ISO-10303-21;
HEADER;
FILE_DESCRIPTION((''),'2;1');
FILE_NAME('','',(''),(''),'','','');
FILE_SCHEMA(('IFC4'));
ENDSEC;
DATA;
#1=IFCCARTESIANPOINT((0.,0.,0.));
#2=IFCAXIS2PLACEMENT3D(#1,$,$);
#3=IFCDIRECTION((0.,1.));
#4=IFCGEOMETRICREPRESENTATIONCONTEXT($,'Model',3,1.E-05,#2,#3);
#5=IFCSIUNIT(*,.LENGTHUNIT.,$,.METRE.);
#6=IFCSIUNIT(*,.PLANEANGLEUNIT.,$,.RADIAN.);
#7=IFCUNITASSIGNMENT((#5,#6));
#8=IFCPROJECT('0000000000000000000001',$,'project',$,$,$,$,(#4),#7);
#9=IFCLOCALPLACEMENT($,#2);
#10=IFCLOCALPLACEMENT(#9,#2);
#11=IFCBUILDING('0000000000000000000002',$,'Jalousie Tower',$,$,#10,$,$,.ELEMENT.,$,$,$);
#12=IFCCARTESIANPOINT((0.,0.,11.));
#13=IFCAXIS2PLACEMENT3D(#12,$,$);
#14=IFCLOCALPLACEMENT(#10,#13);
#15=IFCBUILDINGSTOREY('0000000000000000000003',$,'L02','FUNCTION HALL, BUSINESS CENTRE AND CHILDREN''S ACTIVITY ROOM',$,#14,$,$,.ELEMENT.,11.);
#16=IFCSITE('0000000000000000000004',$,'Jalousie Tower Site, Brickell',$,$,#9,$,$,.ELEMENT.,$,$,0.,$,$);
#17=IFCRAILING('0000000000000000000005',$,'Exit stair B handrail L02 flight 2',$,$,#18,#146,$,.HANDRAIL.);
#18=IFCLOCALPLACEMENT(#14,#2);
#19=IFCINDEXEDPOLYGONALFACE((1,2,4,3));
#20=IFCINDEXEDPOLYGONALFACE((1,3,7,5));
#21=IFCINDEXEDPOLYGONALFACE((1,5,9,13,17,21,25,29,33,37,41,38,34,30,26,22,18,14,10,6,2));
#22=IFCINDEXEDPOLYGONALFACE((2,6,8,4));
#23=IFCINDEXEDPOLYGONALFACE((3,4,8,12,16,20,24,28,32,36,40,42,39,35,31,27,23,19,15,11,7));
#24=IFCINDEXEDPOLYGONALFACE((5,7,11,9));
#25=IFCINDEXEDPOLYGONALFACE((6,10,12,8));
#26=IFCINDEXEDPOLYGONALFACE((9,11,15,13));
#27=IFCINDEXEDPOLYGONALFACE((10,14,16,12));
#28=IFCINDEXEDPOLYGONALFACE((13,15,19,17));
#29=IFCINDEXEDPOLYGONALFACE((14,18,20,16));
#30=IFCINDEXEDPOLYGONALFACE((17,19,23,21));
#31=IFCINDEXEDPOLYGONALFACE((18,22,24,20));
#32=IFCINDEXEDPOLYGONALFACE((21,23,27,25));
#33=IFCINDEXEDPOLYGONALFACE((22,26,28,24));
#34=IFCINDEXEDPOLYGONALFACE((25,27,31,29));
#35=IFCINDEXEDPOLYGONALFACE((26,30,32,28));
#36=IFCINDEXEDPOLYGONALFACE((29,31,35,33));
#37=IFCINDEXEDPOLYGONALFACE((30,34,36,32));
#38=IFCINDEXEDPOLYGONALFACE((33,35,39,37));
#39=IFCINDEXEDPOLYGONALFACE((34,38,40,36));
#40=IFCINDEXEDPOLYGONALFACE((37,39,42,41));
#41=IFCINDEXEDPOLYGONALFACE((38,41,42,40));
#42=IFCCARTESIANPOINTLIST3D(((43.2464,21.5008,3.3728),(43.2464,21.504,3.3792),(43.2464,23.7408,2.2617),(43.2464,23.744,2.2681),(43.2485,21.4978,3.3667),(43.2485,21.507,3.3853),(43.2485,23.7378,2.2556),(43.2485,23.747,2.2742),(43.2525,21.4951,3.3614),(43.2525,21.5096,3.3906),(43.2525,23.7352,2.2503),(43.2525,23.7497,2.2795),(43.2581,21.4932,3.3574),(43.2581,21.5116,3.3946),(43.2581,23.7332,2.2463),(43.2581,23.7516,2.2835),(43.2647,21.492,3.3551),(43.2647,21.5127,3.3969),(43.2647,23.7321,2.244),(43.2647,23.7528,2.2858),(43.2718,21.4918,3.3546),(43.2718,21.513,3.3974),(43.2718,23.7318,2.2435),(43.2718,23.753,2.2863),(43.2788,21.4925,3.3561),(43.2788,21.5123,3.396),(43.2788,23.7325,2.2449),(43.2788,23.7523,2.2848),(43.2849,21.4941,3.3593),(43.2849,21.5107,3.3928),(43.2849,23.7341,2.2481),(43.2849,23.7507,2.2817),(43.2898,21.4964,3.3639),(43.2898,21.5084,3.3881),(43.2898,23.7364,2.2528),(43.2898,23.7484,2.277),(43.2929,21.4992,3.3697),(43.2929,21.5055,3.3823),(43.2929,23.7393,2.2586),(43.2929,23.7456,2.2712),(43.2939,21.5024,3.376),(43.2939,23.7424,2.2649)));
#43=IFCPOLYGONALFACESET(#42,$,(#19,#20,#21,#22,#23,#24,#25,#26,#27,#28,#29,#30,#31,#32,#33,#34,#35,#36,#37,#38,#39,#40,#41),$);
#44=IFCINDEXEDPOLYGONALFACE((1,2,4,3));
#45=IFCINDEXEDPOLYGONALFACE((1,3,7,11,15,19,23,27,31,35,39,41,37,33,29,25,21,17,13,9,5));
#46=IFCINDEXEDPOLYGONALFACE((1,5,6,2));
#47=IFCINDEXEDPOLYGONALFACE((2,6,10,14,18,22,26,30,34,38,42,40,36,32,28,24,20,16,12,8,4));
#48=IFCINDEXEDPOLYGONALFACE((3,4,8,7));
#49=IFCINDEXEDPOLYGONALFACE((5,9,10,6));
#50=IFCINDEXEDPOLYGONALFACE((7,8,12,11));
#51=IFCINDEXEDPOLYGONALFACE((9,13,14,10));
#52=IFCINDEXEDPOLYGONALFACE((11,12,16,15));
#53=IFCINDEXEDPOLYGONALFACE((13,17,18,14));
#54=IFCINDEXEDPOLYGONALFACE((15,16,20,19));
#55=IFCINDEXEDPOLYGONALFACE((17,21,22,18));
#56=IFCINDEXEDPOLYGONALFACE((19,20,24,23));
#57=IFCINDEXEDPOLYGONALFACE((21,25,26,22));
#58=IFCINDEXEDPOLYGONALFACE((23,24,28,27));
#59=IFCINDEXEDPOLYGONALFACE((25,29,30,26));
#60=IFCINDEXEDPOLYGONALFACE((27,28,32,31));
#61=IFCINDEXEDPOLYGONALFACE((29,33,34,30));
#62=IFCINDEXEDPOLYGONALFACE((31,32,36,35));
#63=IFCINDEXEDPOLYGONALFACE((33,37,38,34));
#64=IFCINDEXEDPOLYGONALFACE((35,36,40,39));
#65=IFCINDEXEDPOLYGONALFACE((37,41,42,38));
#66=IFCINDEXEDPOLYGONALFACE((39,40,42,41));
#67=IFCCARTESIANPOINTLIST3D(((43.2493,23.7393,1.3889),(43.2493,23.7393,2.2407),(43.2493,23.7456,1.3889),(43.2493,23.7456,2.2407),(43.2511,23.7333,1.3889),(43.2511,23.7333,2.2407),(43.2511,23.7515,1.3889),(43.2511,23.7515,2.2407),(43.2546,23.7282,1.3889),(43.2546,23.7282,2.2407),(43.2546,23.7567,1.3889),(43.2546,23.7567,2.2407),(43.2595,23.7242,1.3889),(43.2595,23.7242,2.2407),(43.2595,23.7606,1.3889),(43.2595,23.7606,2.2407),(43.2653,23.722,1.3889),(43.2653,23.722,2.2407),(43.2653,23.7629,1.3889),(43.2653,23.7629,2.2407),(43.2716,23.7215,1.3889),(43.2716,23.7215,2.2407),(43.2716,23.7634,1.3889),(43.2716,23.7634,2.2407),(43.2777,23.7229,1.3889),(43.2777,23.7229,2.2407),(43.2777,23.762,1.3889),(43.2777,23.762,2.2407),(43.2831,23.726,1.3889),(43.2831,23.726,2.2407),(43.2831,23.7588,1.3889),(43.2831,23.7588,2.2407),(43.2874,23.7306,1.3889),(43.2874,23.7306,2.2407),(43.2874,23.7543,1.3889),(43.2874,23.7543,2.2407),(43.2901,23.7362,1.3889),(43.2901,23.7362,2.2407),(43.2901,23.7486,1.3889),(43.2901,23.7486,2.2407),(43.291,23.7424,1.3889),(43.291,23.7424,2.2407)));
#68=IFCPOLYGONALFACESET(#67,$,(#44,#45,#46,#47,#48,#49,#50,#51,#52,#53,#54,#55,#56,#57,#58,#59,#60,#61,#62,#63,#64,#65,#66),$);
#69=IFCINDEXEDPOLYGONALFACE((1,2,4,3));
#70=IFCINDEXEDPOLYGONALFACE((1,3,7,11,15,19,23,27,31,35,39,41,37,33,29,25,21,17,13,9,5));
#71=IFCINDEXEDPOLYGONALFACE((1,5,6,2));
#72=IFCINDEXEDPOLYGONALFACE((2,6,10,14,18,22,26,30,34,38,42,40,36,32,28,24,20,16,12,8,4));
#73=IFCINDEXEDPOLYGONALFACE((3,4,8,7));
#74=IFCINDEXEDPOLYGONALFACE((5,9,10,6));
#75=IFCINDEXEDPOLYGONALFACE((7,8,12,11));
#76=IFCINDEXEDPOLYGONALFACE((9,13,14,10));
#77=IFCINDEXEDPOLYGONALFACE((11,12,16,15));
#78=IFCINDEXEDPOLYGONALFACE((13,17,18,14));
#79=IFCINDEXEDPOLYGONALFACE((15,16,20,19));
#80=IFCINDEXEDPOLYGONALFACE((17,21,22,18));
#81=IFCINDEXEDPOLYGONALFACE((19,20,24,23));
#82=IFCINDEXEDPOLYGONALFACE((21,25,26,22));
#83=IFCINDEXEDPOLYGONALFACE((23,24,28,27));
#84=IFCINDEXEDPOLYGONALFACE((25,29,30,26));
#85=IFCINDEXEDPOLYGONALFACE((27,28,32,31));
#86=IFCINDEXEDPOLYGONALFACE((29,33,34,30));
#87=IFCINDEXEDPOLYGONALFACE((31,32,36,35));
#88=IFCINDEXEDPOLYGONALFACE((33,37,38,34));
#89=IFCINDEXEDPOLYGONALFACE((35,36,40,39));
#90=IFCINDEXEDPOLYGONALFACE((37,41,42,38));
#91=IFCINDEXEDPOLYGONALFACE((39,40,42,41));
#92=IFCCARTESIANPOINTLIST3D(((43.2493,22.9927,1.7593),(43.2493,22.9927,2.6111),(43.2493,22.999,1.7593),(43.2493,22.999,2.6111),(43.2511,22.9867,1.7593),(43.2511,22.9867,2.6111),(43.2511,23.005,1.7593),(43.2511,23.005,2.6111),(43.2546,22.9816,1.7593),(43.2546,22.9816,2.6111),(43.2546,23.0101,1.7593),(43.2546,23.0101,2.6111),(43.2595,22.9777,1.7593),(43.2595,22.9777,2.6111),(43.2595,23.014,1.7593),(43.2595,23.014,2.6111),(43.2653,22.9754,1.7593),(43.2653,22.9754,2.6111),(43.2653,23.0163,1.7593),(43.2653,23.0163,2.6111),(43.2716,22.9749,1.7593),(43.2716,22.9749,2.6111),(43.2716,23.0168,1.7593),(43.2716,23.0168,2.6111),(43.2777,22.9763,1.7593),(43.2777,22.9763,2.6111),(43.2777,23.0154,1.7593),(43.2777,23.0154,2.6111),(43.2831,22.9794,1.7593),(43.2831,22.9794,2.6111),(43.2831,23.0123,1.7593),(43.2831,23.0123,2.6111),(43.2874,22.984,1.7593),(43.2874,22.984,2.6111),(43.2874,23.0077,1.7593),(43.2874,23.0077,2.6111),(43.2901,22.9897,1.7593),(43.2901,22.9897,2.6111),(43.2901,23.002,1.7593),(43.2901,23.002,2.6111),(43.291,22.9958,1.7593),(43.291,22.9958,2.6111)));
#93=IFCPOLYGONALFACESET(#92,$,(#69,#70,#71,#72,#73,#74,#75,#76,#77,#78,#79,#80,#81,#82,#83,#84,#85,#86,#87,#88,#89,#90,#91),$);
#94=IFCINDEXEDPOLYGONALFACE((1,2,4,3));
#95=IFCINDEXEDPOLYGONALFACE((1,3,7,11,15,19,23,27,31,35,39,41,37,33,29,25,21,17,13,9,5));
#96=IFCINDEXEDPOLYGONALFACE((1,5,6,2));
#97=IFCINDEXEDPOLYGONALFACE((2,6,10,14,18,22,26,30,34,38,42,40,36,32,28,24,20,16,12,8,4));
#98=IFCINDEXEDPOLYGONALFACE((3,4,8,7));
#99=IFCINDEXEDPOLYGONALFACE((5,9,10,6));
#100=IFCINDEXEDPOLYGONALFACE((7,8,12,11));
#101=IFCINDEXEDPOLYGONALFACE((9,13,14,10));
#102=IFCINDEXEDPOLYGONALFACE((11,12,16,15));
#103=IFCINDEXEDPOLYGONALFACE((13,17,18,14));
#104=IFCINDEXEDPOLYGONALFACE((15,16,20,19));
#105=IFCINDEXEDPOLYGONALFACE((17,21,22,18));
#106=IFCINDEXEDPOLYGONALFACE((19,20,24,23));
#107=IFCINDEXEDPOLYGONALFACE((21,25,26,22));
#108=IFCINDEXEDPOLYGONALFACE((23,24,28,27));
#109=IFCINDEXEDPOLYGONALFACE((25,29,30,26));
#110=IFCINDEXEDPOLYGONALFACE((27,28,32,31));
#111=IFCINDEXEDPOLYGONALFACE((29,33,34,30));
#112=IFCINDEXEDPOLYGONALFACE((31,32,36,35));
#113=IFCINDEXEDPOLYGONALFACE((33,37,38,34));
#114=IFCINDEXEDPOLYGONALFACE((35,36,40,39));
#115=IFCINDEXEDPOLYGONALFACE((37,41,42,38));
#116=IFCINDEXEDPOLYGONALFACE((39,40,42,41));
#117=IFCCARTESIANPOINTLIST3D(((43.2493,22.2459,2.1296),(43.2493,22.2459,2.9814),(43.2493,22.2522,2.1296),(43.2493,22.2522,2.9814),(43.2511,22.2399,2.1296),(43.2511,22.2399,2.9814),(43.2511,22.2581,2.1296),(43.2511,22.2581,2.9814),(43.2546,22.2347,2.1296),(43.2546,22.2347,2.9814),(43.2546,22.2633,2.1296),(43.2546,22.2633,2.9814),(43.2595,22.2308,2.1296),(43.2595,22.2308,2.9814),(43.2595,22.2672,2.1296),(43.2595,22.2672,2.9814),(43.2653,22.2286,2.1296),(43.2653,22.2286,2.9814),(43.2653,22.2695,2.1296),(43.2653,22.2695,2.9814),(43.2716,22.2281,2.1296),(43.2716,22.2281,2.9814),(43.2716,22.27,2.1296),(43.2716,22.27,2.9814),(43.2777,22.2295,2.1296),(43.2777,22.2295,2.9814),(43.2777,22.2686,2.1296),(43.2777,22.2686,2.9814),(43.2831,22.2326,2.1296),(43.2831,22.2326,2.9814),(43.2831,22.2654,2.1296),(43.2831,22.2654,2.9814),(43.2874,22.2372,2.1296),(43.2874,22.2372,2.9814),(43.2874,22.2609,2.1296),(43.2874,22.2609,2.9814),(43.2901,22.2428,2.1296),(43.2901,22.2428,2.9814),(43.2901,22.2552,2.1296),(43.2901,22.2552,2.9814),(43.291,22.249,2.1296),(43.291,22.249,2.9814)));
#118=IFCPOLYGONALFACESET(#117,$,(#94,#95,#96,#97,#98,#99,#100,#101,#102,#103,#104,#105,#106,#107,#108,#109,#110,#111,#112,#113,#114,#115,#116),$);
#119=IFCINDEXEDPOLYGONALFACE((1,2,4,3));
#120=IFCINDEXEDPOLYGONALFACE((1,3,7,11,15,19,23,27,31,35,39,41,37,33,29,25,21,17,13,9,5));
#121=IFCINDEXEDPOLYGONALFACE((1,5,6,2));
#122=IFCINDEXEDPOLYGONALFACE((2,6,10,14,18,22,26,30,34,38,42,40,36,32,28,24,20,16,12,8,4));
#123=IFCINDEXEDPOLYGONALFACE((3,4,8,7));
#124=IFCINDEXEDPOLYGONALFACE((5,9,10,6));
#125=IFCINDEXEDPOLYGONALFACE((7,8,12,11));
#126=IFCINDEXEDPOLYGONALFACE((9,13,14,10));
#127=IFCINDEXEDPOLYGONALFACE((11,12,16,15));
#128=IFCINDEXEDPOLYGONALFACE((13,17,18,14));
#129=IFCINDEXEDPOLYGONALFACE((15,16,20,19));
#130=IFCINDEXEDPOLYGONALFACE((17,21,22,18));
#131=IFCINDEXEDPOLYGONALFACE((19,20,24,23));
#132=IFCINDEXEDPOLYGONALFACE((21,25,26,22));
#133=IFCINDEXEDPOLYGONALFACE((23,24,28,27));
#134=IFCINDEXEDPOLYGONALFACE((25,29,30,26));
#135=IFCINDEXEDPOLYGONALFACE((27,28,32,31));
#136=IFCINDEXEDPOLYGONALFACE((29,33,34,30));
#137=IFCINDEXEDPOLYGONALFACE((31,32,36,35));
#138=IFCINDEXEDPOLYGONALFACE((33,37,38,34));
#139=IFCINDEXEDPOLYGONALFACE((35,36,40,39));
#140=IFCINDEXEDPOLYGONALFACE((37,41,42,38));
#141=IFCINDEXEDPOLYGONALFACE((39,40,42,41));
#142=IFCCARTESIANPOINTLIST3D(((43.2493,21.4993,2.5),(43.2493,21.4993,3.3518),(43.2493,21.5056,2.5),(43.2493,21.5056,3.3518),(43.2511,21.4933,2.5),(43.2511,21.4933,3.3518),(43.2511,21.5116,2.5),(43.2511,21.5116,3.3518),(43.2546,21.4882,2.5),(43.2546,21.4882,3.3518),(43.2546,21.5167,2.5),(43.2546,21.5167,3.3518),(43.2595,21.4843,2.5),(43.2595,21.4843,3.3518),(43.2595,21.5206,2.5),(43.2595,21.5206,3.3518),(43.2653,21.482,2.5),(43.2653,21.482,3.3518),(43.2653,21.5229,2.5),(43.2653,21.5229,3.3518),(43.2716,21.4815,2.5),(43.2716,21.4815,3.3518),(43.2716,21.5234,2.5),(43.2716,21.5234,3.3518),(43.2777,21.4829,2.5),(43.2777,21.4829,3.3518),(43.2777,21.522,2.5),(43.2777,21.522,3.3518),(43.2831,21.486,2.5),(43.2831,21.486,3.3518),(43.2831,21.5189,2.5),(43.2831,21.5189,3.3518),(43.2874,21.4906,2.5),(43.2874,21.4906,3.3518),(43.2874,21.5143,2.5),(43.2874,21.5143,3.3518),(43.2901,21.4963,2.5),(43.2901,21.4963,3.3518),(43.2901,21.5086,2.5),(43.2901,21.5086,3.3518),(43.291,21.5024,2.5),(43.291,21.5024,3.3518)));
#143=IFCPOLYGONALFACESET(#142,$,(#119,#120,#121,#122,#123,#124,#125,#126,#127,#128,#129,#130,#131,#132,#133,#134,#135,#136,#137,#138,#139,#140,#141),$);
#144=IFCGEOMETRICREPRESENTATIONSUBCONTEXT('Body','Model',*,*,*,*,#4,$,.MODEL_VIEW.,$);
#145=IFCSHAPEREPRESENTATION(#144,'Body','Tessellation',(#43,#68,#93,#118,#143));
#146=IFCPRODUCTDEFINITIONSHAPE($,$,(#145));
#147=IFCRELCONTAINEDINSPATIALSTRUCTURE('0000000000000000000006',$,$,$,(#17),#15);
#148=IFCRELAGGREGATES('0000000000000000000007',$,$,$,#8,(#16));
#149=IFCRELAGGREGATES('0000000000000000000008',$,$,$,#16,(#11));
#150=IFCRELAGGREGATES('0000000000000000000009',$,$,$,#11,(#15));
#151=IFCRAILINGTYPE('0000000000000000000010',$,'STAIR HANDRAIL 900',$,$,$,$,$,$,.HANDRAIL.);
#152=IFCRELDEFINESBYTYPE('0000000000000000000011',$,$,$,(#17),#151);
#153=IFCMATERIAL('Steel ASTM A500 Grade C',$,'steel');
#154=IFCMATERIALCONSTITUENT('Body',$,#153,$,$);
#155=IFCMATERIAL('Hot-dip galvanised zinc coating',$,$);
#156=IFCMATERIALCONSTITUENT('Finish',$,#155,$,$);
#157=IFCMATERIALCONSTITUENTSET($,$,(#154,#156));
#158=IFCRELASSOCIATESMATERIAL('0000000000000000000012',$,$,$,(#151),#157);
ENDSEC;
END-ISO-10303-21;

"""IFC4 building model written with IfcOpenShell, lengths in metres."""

from ifc_helpers import new_model, si_unit, direction, frame, origin, origin_2d, place, context, subcontext, project, spatial, circle, extrude, material, constituent, constituent_set, type_object, element, save


model = new_model("IFC4")

# Units and contexts
model_context = context("Model", 3, precision=1e-05, world=origin(), true_north=direction((0.0, 1.0)))
body_context = subcontext(model_context, "Body", "Model", "MODEL_VIEW")
ifc_project = project(units=[si_unit("LENGTHUNIT", "METRE"), si_unit("PLANEANGLEUNIT", "RADIAN")], contexts=[model_context])

# Site, building, storey
site_placement = place(None, origin())
site = spatial("IfcSite", under=ifc_project, at=site_placement, Name="Jalousie Tower Site, Brickell", CompositionType="ELEMENT", RefElevation=0.0)
building_placement = place(site_placement, origin())
building = spatial("IfcBuilding", under=site, at=building_placement, Name="Jalousie Tower", CompositionType="ELEMENT")
storey_placement = place(building_placement, frame((0.0, 0.0, 11.0)))
storey = spatial("IfcBuildingStorey", under=building, at=storey_placement, Name="L02", Description="FUNCTION HALL, BUSINESS CENTRE AND CHILDREN'S ACTIVITY ROOM", CompositionType="ELEMENT", Elevation=11.0)

# Railing
ifc_material_1 = material(Name="Steel ASTM A500 Grade C", Category="steel")
ifc_constituent_1 = constituent(ifc_material_1, Name="Body")
ifc_material_2 = material(Name="Hot-dip galvanised zinc coating")
ifc_constituent_2 = constituent(ifc_material_2, Name="Finish")
ifc_constituent_set_1 = constituent_set(constituents=[ifc_constituent_1, ifc_constituent_2])
railing_type_1 = type_object("IfcRailingType", Name="STAIR HANDRAIL 900", PredefinedType="HANDRAIL", material=ifc_constituent_set_1)
for number, where, name in (
    (1, (43.27, 23.7424, 1.3889), "Exit stair B handrail L02 flight 2"),
):
    element("IfcRailing", number, at=place(storey_placement, frame(where)), inside=storey, type_object=railing_type_1, Name=name, PredefinedType="HANDRAIL", context=body_context, shape_type="SweptSolid", body=[
        extrude(circle(Radius=0.0239, at=origin_2d()), frame((0.0, 0.0, 0.876), z_axis=(0.0, -0.895848, 0.44436), x_axis=(1.0, 0.0, 0.0)), (0.0, 0.0, 1.0), 2.5005),
        extrude(circle(Radius=0.021, at=origin_2d()), origin(), (0.0, 0.0, 1.0), 0.8518),
        extrude(circle(Radius=0.021, at=origin_2d()), frame((0.0, -0.7466, 0.3704)), (0.0, 0.0, 1.0), 0.8518),
        extrude(circle(Radius=0.021, at=origin_2d()), frame((0.0, -1.4934, 0.7407)), (0.0, 0.0, 1.0), 0.8518),
        extrude(circle(Radius=0.021, at=origin_2d()), frame((0.0, -2.24, 1.1111)), (0.0, 0.0, 1.0), 0.8518),
    ])

save(model, "model.ifc")
